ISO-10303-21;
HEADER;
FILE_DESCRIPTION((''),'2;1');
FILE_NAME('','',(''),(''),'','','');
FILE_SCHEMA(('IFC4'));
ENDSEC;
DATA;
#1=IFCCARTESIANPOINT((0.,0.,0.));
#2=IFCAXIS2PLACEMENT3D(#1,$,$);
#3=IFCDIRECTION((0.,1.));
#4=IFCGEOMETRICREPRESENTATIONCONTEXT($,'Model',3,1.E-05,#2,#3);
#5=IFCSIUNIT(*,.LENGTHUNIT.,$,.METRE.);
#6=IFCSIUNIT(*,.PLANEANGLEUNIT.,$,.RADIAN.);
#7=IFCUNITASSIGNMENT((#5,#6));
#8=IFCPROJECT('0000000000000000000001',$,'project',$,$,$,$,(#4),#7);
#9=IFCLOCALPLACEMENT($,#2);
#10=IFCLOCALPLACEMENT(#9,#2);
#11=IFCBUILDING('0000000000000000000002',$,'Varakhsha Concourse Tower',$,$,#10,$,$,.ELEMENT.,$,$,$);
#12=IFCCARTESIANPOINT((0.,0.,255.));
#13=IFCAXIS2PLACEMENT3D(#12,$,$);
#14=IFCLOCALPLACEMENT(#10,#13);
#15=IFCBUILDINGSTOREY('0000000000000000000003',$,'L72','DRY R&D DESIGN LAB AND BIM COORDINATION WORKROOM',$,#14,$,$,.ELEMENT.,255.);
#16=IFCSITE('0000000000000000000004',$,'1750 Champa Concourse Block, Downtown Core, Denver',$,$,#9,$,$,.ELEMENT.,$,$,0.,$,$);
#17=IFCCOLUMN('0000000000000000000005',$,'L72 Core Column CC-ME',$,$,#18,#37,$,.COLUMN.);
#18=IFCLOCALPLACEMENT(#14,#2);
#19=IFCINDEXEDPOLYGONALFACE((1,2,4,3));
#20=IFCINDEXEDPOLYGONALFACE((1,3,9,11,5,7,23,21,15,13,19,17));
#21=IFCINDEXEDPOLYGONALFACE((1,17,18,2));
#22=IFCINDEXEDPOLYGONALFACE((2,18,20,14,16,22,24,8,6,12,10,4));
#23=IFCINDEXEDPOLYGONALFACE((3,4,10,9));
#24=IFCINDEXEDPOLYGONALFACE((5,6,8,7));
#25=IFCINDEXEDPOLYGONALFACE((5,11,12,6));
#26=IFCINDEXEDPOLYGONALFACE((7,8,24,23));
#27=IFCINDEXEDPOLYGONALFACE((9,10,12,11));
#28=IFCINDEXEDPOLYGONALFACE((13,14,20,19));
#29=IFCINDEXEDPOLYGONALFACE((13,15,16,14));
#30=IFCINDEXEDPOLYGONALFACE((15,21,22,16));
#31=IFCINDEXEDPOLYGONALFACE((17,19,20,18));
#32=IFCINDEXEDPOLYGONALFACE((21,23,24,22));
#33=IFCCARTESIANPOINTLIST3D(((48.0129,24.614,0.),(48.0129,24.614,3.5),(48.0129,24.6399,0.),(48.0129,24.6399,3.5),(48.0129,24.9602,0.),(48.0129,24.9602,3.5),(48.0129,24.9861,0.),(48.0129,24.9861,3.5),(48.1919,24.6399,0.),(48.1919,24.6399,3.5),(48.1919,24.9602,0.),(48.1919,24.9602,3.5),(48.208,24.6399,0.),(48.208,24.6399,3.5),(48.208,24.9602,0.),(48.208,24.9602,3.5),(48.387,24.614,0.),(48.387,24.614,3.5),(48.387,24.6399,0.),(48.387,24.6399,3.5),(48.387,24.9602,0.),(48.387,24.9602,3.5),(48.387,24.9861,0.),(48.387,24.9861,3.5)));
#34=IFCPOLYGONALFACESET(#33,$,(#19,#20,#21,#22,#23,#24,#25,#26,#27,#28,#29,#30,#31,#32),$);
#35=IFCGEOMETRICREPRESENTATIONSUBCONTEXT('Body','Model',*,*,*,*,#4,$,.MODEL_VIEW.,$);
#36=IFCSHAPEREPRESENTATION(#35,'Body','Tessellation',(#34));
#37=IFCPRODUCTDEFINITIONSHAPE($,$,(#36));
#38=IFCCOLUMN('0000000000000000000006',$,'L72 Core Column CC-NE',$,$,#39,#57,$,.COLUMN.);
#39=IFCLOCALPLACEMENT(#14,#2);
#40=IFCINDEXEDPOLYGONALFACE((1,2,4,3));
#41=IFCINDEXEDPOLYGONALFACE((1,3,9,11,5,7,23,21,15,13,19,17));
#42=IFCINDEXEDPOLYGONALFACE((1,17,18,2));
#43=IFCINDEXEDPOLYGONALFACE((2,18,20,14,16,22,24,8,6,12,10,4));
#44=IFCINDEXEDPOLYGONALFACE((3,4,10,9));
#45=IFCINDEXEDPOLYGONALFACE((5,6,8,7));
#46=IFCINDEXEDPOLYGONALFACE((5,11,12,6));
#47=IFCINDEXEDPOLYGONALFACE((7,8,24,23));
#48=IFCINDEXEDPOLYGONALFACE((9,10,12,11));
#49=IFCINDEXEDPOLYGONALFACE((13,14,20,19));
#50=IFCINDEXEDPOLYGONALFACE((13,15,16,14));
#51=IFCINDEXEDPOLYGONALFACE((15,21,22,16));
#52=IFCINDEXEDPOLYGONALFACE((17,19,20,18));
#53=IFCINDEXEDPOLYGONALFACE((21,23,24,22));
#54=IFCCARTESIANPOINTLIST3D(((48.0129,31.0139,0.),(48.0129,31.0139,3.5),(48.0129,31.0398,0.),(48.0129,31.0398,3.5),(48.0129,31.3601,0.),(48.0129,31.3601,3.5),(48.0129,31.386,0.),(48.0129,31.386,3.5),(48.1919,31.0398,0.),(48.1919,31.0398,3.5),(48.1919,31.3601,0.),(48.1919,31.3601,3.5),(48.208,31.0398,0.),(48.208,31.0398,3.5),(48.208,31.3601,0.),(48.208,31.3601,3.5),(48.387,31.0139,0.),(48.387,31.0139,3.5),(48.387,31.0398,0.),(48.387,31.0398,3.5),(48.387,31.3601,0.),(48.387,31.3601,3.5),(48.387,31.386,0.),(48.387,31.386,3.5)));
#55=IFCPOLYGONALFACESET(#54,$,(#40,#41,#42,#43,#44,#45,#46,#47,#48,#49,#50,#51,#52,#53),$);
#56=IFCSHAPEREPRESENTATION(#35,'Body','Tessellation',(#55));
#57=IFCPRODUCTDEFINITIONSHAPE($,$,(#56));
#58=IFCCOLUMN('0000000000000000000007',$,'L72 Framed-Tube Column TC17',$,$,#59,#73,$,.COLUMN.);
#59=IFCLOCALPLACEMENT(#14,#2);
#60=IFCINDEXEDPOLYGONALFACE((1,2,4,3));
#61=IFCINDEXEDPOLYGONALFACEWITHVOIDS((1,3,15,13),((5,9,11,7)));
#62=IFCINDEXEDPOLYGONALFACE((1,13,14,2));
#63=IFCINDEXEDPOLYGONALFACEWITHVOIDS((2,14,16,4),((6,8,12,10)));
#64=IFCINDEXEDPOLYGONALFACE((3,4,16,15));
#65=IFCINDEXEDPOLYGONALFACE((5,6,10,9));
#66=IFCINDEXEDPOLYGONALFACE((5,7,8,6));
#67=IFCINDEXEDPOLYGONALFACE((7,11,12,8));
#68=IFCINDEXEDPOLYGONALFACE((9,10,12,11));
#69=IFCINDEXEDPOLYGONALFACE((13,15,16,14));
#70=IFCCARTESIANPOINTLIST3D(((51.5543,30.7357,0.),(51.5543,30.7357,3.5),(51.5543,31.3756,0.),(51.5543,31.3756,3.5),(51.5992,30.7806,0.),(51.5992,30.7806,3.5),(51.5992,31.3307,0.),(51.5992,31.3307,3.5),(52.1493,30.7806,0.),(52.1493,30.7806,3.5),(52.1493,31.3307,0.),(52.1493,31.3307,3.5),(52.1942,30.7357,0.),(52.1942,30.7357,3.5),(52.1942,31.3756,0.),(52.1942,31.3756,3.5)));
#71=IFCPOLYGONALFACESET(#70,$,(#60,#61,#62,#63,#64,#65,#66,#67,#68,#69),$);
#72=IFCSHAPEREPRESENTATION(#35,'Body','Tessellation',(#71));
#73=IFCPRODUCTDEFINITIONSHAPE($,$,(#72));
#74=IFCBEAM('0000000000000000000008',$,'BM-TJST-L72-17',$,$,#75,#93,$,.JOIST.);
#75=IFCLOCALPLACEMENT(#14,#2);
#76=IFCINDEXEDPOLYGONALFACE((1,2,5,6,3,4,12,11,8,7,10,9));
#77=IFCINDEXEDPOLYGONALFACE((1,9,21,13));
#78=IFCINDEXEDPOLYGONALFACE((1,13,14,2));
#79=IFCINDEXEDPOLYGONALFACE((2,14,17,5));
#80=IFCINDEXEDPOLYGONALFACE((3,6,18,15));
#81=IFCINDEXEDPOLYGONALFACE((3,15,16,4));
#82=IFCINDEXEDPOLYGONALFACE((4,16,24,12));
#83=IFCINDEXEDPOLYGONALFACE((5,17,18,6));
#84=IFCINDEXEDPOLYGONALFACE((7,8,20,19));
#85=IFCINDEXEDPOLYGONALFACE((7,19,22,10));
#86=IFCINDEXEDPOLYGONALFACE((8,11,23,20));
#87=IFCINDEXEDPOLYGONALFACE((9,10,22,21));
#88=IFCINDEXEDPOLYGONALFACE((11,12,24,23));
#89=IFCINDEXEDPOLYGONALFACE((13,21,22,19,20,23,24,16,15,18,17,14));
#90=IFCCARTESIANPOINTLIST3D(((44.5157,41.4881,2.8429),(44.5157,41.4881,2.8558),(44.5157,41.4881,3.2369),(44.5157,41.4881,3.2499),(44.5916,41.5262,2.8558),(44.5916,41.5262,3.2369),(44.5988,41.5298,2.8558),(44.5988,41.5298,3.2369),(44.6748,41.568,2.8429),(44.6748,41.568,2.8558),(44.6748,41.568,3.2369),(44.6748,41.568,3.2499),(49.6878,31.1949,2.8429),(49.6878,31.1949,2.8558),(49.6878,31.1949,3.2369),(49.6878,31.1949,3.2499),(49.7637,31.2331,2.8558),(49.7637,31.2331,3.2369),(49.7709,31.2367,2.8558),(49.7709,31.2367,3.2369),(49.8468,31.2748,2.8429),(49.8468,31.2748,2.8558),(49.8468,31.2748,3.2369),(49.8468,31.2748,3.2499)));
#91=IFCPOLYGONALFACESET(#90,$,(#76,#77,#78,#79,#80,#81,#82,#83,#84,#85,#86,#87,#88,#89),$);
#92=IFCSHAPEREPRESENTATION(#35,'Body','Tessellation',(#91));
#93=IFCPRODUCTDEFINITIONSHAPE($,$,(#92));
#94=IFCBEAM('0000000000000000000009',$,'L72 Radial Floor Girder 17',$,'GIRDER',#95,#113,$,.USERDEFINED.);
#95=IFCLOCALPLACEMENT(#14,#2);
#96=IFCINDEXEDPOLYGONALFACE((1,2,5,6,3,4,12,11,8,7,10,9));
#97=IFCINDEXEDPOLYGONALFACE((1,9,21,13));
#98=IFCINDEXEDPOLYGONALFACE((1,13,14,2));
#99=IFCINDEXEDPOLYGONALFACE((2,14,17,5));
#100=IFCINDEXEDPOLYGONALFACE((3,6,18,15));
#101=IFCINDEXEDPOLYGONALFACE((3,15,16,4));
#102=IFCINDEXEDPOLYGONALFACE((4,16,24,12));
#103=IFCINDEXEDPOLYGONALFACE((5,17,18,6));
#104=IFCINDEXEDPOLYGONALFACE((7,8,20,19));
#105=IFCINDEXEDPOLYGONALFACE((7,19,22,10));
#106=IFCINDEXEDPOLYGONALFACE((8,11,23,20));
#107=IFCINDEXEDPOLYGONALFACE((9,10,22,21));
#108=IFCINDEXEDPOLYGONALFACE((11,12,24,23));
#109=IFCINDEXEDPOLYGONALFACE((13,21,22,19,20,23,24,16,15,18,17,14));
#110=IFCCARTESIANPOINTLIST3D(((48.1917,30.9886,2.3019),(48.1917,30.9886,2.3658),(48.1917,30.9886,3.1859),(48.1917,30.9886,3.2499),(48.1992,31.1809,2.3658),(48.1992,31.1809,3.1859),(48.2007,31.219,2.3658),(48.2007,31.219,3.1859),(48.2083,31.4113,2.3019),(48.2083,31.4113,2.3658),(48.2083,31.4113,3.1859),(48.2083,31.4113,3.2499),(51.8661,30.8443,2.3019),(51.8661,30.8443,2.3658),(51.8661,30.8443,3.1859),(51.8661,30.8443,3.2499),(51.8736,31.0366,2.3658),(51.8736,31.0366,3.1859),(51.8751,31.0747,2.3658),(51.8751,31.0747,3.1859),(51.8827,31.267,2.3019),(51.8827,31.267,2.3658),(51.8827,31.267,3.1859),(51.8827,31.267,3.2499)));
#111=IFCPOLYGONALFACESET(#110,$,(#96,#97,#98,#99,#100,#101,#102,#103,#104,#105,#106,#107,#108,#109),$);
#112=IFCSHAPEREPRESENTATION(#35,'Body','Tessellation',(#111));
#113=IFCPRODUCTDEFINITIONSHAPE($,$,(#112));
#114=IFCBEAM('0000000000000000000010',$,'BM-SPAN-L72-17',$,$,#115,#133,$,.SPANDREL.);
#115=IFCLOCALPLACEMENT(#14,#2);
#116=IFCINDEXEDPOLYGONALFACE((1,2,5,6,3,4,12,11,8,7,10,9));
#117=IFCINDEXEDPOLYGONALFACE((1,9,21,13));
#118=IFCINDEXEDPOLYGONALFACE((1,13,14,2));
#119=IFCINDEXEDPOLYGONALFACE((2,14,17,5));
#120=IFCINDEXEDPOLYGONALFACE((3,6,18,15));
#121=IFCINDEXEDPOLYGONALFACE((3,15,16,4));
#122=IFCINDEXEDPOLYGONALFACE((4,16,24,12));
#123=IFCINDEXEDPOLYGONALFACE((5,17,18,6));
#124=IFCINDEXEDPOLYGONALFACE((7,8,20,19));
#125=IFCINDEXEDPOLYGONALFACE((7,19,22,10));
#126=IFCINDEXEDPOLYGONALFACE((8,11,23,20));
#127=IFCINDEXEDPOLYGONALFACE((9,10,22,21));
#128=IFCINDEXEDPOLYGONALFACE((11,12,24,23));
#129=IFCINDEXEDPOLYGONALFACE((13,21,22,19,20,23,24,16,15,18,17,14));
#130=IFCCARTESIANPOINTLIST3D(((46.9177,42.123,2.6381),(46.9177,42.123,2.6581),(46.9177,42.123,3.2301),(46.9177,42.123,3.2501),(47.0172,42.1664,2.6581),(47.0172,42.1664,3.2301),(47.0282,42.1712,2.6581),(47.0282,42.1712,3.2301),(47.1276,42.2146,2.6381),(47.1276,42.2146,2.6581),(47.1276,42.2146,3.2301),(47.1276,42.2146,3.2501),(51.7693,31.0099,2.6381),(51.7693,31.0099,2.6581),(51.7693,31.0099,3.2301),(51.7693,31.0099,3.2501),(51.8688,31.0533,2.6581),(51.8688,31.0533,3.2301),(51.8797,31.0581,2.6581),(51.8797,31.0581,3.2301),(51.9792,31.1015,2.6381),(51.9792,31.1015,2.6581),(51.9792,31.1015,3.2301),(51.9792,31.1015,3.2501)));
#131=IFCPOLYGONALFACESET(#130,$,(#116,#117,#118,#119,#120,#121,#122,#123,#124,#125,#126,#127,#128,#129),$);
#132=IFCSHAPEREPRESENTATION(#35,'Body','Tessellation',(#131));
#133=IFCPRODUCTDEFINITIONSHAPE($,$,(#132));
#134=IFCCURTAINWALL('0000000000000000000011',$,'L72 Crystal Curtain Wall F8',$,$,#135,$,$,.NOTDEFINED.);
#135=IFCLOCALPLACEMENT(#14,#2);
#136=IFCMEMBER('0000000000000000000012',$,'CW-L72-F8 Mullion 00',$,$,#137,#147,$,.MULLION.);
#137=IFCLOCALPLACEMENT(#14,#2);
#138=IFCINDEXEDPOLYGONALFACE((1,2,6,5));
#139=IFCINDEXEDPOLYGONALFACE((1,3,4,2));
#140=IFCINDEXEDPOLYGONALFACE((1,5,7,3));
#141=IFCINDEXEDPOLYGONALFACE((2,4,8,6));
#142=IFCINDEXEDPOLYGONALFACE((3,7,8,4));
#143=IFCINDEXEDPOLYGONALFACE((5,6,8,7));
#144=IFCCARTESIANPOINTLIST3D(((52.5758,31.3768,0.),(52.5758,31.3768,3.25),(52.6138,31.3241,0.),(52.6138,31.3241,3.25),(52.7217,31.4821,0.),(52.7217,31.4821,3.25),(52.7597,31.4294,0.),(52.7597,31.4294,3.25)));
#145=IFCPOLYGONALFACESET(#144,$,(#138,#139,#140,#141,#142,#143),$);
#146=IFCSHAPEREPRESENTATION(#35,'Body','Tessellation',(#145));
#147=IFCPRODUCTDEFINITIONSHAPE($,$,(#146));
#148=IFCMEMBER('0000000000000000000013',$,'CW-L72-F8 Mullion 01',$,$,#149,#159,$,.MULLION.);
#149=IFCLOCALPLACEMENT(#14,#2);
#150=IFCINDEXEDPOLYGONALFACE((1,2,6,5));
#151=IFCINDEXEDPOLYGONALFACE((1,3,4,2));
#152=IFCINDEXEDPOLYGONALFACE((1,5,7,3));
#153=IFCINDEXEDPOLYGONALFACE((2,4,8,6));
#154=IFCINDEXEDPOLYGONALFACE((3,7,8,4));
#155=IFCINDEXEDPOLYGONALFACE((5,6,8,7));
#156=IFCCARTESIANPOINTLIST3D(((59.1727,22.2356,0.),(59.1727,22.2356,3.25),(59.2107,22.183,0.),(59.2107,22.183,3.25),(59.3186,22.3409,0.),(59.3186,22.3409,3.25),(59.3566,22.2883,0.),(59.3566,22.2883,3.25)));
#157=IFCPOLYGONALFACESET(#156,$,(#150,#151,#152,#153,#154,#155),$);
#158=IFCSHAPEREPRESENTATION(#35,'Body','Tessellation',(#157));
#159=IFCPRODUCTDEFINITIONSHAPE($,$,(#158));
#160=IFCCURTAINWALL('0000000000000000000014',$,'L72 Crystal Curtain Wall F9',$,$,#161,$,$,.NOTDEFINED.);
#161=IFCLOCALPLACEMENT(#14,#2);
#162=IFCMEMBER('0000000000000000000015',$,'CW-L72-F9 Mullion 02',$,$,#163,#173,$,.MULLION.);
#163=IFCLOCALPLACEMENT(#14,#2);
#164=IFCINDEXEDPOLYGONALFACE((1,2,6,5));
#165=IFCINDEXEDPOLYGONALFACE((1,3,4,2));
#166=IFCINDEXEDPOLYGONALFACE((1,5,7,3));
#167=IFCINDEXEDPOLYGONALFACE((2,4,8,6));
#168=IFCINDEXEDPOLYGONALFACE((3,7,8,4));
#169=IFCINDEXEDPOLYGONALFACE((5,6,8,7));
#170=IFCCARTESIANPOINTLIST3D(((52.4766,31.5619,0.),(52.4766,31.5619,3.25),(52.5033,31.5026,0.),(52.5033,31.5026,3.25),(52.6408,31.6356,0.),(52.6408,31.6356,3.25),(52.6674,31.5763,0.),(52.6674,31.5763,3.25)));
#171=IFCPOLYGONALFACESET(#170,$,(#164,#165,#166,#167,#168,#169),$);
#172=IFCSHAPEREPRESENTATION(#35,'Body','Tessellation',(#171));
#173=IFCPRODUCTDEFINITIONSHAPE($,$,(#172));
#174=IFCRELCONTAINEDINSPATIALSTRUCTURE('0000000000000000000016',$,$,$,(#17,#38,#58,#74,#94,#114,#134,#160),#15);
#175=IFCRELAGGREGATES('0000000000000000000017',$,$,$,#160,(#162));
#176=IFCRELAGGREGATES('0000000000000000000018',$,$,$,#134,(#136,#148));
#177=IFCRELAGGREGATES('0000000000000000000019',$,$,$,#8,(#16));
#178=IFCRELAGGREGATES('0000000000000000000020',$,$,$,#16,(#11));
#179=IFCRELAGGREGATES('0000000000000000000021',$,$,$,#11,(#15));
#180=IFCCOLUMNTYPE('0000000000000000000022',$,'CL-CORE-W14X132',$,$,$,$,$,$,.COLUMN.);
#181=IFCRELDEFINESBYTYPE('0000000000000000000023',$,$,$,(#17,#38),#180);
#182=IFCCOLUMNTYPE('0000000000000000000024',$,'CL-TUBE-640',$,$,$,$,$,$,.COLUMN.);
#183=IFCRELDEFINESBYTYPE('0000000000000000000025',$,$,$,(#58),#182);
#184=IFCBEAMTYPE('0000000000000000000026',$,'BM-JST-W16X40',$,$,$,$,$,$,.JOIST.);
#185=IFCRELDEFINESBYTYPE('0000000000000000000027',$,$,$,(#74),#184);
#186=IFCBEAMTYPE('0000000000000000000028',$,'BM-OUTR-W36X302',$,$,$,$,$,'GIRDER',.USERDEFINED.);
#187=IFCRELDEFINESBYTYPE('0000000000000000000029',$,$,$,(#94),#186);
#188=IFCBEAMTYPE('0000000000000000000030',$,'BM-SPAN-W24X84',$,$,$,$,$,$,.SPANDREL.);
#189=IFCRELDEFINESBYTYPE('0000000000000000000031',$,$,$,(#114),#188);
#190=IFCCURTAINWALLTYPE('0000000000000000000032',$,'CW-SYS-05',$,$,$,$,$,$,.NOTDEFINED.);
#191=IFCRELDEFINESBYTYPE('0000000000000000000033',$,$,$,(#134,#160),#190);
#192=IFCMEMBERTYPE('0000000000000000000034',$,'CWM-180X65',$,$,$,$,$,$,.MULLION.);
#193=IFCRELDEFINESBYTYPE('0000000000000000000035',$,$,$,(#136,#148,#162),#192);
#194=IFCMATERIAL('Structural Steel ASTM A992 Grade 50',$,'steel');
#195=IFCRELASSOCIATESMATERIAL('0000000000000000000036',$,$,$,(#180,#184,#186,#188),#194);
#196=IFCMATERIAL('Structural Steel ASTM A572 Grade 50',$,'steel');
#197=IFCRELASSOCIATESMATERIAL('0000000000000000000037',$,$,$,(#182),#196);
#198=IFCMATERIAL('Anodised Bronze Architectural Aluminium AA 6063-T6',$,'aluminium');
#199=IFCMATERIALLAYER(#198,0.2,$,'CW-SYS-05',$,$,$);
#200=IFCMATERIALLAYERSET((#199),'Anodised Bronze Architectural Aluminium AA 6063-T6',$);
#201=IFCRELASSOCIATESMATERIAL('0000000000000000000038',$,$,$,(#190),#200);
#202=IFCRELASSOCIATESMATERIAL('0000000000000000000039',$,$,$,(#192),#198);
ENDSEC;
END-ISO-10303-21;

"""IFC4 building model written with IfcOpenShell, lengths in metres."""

from ifc_helpers import new_model, si_unit, direction, frame, origin, origin_2d, place, context, subcontext, project, spatial, rectangle, hollow_rectangle, i_section, extrude, source, transform, mapped, material, layer, layer_set, material_profile, profile_set, type_object, type_shapes, element, aggregate, save


model = new_model("IFC4")

# Units and contexts
model_context = context("Model", 3, precision=1e-05, world=origin(), true_north=direction((0.0, 1.0)))
body_context = subcontext(model_context, "Body", "Model", "MODEL_VIEW")
ifc_project = project(units=[si_unit("LENGTHUNIT", "METRE"), si_unit("PLANEANGLEUNIT", "RADIAN")], contexts=[model_context])

# Site, building, storey
site_placement = place(None, origin())
site = spatial("IfcSite", under=ifc_project, at=site_placement, Name="1750 Champa Concourse Block, Downtown Core, Denver", CompositionType="ELEMENT", RefElevation=0.0)
building_placement = place(site_placement, origin())
building = spatial("IfcBuilding", under=site, at=building_placement, Name="Varakhsha Concourse Tower", CompositionType="ELEMENT")
storey_placement = place(building_placement, frame((0.0, 0.0, 255.0)))
storey = spatial("IfcBuildingStorey", under=building, at=storey_placement, Name="L72", Description="DRY R&D DESIGN LAB AND BIM COORDINATION WORKROOM", CompositionType="ELEMENT", Elevation=255.0)

# Columns
ifc_material_1 = material(Name="Structural Steel ASTM A992 Grade 50", Category="steel")
ifc_material_profile_1 = material_profile(ifc_material_1, i_section(OverallWidth=0.374, OverallDepth=0.3721, WebThickness=0.0161, FlangeThickness=0.0259, at=origin_2d()), Name="W14X132")
ifc_profile_set_1 = profile_set([ifc_material_profile_1], Name="Structural Steel ASTM A992 Grade 50")
column_type_1 = type_object("IfcColumnType", Name="CL-CORE-W14X132", PredefinedType="COLUMN", material=ifc_profile_set_1)
for number, where, z_axis, x_axis, name in (
    (1, (48.2, 24.8, 0.0), (0.0, 0.0, 1.0), (1.0, 0.0, 0.0), "L72 Core Column CC-ME"),
    (2, (48.2, 31.2, 0.0), (0.0, 0.0, 1.0), (1.0, 0.0, 0.0), "L72 Core Column CC-NE"),
):
    element("IfcColumn", number, at=place(storey_placement, frame(where, z_axis=z_axis, x_axis=x_axis)), inside=storey, type_object=column_type_1, Name=name, PredefinedType="COLUMN", context=body_context, shape_type="SweptSolid", body=[
        extrude(i_section(OverallWidth=0.374, OverallDepth=0.3721, WebThickness=0.0161, FlangeThickness=0.0259, at=origin_2d()), origin(), (0.0, 0.0, 1.0), 3.5),
    ])
ifc_material_2 = material(Name="Structural Steel ASTM A572 Grade 50", Category="steel")
ifc_material_profile_2 = material_profile(ifc_material_2, hollow_rectangle(XDim=0.6399, YDim=0.6399, WallThickness=0.0449, at=origin_2d()), Name="BOX 640x640x45")
ifc_profile_set_2 = profile_set([ifc_material_profile_2], Name="Structural Steel ASTM A572 Grade 50")
column_type_2 = type_object("IfcColumnType", Name="CL-TUBE-640", PredefinedType="COLUMN", material=ifc_profile_set_2)
column_placement = place(storey_placement, frame((51.8743, 31.0557, 0.0), z_axis=(0.0, 0.0, 1.0), x_axis=(1.0, 0.0, 0.0)))
element("IfcColumn", 3, at=column_placement, inside=storey, type_object=column_type_2, Name="L72 Framed-Tube Column TC17", PredefinedType="COLUMN", context=body_context, shape_type="SweptSolid", body=[
    extrude(hollow_rectangle(XDim=0.6399, YDim=0.6399, WallThickness=0.0449, at=origin_2d()), origin(), (0.0, 0.0, 1.0), 3.5),
])

# Beams
ifc_material_profile_3 = material_profile(ifc_material_1, i_section(OverallWidth=0.178, OverallDepth=0.407, WebThickness=0.0081, FlangeThickness=0.0129, at=origin_2d()), Name="W16X40")
ifc_profile_set_3 = profile_set([ifc_material_profile_3], Name="Structural Steel ASTM A992 Grade 50")
beam_type_1 = type_object("IfcBeamType", Name="BM-JST-W16X40", PredefinedType="JOIST", material=ifc_profile_set_3)
beam_1_placement = place(storey_placement, frame((49.7673, 31.2349, 3.0464), z_axis=(-0.448984, 0.89354, 0.0), x_axis=(-0.89354, -0.448984, 0.0)))
element("IfcBeam", 4, at=beam_1_placement, inside=storey, type_object=beam_type_1, Name="BM-TJST-L72-17", PredefinedType="JOIST", context=body_context, shape_type="SweptSolid", body=[
    extrude(i_section(OverallWidth=0.178, OverallDepth=0.407, WebThickness=0.0081, FlangeThickness=0.0129, at=origin_2d()), origin(), (0.0, 0.0, 1.0), 11.5195),
])
ifc_material_profile_4 = material_profile(ifc_material_1, i_section(OverallWidth=0.4231, OverallDepth=0.948, WebThickness=0.0381, FlangeThickness=0.064, at=origin_2d()), Name="W36X302")
ifc_profile_set_4 = profile_set([ifc_material_profile_4], Name="Structural Steel ASTM A992 Grade 50")
beam_type_2 = type_object("IfcBeamType", Name="BM-OUTR-W36X302", ElementType="GIRDER", PredefinedType="USERDEFINED", material=ifc_profile_set_4)
beam_2_placement = place(storey_placement, frame((48.2, 31.2, 2.7759), z_axis=(0.99923, -0.039239, 0.0), x_axis=(0.039239, 0.99923, 0.0)))
element("IfcBeam", 5, at=beam_2_placement, inside=storey, type_object=beam_type_2, Name="L72 Radial Floor Girder 17", ObjectType="GIRDER", PredefinedType="USERDEFINED", context=body_context, shape_type="SweptSolid", body=[
    extrude(i_section(OverallWidth=0.4231, OverallDepth=0.948, WebThickness=0.0381, FlangeThickness=0.064, at=origin_2d()), origin(), (0.0, 0.0, 1.0), 3.6772),
])
ifc_material_profile_5 = material_profile(ifc_material_1, i_section(OverallWidth=0.229, OverallDepth=0.6121, WebThickness=0.012, FlangeThickness=0.02, at=origin_2d()), Name="W24X84")
ifc_profile_set_5 = profile_set([ifc_material_profile_5], Name="Structural Steel ASTM A992 Grade 50")
beam_type_3 = type_object("IfcBeamType", Name="BM-SPAN-W24X84", PredefinedType="SPANDREL", material=ifc_profile_set_5)
beam_3_placement = place(storey_placement, frame((51.8743, 31.0557, 2.9441), z_axis=(-0.400099, 0.916472, 0.0), x_axis=(-0.916472, -0.400099, 0.0)))
element("IfcBeam", 6, at=beam_3_placement, inside=storey, type_object=beam_type_3, Name="BM-SPAN-L72-17", PredefinedType="SPANDREL", context=body_context, shape_type="SweptSolid", body=[
    extrude(i_section(OverallWidth=0.229, OverallDepth=0.6121, WebThickness=0.012, FlangeThickness=0.02, at=origin_2d()), origin(), (0.0, 0.0, 1.0), 12.126),
])

# Curtain wall, members
ifc_material_3 = material(Name="Anodised Bronze Architectural Aluminium AA 6063-T6", Category="aluminium")
ifc_layer_1 = layer(ifc_material_3, 0.2, Name="CW-SYS-05")
ifc_layer_set_1 = layer_set([ifc_layer_1], Name="Anodised Bronze Architectural Aluminium AA 6063-T6")
curtain_wall_type = type_object("IfcCurtainWallType", Name="CW-SYS-05", PredefinedType="NOTDEFINED", material=ifc_layer_set_1)
curtain_wall_1_placement = place(storey_placement, origin())
curtain_wall_1 = element("IfcCurtainWall", 7, at=curtain_wall_1_placement, inside=storey, type_object=curtain_wall_type, Name="L72 Crystal Curtain Wall F8", PredefinedType="NOTDEFINED")
ifc_material_profile_6 = material_profile(ifc_material_3, rectangle(XDim=0.0649, YDim=0.1799, at=origin_2d()), Name="CWM-180X65")
ifc_profile_set_6 = profile_set([ifc_material_profile_6], Name="Anodised Bronze Architectural Aluminium AA 6063-T6")
member_type_1 = type_object("IfcMemberType", Name="CWM-180X65", PredefinedType="MULLION", material=ifc_profile_set_6)
shared_shape_1 = source(origin(), body_context, "Body", "SweptSolid", [
    extrude(rectangle(XDim=0.0649, YDim=0.1799, at=origin_2d()), origin(), (0.0, 0.0, 1.0), 3.25),
])
type_shapes(member_type_1, [shared_shape_1])
member_1_placement = place(storey_placement, frame((52.6677, 31.4031, 0.0), z_axis=(0.0, 0.0, 1.0), x_axis=(0.585188, -0.810897, 0.0)))
member_1 = element("IfcMember", 8, at=member_1_placement, type_object=member_type_1, Name="CW-L72-F8 Mullion 00", PredefinedType="MULLION", context=body_context, shape_type="MappedRepresentation", body=[
    mapped(shared_shape_1, transform((0.0, 0.0, 0.0), scale=1.0)),
])
member_2_placement = place(storey_placement, frame((59.2646, 22.262, 0.0), z_axis=(0.0, 0.0, 1.0), x_axis=(0.585188, -0.810897, 0.0)))
member_2 = element("IfcMember", 9, at=member_2_placement, type_object=member_type_1, Name="CW-L72-F8 Mullion 01", PredefinedType="MULLION", context=body_context, shape_type="MappedRepresentation", body=[
    mapped(shared_shape_1, transform((0.0, 0.0, 0.0), scale=1.0)),
])

# Curtain wall, member
curtain_wall_2_placement = place(storey_placement, origin())
curtain_wall_2 = element("IfcCurtainWall", 10, at=curtain_wall_2_placement, inside=storey, type_object=curtain_wall_type, Name="L72 Crystal Curtain Wall F9", PredefinedType="NOTDEFINED")
member_3_placement = place(storey_placement, frame((52.572, 31.5691, 0.0), z_axis=(0.0, 0.0, 1.0), x_axis=(0.409662, -0.912237, 0.0)))
member_3 = element("IfcMember", 11, at=member_3_placement, type_object=member_type_1, Name="CW-L72-F9 Mullion 02", PredefinedType="MULLION", context=body_context, shape_type="MappedRepresentation", body=[
    mapped(shared_shape_1, transform((0.0, 0.0, 0.0), scale=1.0)),
])
aggregate(curtain_wall_2, [member_3])

aggregate(curtain_wall_1, [member_1, member_2])

save(model, "model.ifc")
